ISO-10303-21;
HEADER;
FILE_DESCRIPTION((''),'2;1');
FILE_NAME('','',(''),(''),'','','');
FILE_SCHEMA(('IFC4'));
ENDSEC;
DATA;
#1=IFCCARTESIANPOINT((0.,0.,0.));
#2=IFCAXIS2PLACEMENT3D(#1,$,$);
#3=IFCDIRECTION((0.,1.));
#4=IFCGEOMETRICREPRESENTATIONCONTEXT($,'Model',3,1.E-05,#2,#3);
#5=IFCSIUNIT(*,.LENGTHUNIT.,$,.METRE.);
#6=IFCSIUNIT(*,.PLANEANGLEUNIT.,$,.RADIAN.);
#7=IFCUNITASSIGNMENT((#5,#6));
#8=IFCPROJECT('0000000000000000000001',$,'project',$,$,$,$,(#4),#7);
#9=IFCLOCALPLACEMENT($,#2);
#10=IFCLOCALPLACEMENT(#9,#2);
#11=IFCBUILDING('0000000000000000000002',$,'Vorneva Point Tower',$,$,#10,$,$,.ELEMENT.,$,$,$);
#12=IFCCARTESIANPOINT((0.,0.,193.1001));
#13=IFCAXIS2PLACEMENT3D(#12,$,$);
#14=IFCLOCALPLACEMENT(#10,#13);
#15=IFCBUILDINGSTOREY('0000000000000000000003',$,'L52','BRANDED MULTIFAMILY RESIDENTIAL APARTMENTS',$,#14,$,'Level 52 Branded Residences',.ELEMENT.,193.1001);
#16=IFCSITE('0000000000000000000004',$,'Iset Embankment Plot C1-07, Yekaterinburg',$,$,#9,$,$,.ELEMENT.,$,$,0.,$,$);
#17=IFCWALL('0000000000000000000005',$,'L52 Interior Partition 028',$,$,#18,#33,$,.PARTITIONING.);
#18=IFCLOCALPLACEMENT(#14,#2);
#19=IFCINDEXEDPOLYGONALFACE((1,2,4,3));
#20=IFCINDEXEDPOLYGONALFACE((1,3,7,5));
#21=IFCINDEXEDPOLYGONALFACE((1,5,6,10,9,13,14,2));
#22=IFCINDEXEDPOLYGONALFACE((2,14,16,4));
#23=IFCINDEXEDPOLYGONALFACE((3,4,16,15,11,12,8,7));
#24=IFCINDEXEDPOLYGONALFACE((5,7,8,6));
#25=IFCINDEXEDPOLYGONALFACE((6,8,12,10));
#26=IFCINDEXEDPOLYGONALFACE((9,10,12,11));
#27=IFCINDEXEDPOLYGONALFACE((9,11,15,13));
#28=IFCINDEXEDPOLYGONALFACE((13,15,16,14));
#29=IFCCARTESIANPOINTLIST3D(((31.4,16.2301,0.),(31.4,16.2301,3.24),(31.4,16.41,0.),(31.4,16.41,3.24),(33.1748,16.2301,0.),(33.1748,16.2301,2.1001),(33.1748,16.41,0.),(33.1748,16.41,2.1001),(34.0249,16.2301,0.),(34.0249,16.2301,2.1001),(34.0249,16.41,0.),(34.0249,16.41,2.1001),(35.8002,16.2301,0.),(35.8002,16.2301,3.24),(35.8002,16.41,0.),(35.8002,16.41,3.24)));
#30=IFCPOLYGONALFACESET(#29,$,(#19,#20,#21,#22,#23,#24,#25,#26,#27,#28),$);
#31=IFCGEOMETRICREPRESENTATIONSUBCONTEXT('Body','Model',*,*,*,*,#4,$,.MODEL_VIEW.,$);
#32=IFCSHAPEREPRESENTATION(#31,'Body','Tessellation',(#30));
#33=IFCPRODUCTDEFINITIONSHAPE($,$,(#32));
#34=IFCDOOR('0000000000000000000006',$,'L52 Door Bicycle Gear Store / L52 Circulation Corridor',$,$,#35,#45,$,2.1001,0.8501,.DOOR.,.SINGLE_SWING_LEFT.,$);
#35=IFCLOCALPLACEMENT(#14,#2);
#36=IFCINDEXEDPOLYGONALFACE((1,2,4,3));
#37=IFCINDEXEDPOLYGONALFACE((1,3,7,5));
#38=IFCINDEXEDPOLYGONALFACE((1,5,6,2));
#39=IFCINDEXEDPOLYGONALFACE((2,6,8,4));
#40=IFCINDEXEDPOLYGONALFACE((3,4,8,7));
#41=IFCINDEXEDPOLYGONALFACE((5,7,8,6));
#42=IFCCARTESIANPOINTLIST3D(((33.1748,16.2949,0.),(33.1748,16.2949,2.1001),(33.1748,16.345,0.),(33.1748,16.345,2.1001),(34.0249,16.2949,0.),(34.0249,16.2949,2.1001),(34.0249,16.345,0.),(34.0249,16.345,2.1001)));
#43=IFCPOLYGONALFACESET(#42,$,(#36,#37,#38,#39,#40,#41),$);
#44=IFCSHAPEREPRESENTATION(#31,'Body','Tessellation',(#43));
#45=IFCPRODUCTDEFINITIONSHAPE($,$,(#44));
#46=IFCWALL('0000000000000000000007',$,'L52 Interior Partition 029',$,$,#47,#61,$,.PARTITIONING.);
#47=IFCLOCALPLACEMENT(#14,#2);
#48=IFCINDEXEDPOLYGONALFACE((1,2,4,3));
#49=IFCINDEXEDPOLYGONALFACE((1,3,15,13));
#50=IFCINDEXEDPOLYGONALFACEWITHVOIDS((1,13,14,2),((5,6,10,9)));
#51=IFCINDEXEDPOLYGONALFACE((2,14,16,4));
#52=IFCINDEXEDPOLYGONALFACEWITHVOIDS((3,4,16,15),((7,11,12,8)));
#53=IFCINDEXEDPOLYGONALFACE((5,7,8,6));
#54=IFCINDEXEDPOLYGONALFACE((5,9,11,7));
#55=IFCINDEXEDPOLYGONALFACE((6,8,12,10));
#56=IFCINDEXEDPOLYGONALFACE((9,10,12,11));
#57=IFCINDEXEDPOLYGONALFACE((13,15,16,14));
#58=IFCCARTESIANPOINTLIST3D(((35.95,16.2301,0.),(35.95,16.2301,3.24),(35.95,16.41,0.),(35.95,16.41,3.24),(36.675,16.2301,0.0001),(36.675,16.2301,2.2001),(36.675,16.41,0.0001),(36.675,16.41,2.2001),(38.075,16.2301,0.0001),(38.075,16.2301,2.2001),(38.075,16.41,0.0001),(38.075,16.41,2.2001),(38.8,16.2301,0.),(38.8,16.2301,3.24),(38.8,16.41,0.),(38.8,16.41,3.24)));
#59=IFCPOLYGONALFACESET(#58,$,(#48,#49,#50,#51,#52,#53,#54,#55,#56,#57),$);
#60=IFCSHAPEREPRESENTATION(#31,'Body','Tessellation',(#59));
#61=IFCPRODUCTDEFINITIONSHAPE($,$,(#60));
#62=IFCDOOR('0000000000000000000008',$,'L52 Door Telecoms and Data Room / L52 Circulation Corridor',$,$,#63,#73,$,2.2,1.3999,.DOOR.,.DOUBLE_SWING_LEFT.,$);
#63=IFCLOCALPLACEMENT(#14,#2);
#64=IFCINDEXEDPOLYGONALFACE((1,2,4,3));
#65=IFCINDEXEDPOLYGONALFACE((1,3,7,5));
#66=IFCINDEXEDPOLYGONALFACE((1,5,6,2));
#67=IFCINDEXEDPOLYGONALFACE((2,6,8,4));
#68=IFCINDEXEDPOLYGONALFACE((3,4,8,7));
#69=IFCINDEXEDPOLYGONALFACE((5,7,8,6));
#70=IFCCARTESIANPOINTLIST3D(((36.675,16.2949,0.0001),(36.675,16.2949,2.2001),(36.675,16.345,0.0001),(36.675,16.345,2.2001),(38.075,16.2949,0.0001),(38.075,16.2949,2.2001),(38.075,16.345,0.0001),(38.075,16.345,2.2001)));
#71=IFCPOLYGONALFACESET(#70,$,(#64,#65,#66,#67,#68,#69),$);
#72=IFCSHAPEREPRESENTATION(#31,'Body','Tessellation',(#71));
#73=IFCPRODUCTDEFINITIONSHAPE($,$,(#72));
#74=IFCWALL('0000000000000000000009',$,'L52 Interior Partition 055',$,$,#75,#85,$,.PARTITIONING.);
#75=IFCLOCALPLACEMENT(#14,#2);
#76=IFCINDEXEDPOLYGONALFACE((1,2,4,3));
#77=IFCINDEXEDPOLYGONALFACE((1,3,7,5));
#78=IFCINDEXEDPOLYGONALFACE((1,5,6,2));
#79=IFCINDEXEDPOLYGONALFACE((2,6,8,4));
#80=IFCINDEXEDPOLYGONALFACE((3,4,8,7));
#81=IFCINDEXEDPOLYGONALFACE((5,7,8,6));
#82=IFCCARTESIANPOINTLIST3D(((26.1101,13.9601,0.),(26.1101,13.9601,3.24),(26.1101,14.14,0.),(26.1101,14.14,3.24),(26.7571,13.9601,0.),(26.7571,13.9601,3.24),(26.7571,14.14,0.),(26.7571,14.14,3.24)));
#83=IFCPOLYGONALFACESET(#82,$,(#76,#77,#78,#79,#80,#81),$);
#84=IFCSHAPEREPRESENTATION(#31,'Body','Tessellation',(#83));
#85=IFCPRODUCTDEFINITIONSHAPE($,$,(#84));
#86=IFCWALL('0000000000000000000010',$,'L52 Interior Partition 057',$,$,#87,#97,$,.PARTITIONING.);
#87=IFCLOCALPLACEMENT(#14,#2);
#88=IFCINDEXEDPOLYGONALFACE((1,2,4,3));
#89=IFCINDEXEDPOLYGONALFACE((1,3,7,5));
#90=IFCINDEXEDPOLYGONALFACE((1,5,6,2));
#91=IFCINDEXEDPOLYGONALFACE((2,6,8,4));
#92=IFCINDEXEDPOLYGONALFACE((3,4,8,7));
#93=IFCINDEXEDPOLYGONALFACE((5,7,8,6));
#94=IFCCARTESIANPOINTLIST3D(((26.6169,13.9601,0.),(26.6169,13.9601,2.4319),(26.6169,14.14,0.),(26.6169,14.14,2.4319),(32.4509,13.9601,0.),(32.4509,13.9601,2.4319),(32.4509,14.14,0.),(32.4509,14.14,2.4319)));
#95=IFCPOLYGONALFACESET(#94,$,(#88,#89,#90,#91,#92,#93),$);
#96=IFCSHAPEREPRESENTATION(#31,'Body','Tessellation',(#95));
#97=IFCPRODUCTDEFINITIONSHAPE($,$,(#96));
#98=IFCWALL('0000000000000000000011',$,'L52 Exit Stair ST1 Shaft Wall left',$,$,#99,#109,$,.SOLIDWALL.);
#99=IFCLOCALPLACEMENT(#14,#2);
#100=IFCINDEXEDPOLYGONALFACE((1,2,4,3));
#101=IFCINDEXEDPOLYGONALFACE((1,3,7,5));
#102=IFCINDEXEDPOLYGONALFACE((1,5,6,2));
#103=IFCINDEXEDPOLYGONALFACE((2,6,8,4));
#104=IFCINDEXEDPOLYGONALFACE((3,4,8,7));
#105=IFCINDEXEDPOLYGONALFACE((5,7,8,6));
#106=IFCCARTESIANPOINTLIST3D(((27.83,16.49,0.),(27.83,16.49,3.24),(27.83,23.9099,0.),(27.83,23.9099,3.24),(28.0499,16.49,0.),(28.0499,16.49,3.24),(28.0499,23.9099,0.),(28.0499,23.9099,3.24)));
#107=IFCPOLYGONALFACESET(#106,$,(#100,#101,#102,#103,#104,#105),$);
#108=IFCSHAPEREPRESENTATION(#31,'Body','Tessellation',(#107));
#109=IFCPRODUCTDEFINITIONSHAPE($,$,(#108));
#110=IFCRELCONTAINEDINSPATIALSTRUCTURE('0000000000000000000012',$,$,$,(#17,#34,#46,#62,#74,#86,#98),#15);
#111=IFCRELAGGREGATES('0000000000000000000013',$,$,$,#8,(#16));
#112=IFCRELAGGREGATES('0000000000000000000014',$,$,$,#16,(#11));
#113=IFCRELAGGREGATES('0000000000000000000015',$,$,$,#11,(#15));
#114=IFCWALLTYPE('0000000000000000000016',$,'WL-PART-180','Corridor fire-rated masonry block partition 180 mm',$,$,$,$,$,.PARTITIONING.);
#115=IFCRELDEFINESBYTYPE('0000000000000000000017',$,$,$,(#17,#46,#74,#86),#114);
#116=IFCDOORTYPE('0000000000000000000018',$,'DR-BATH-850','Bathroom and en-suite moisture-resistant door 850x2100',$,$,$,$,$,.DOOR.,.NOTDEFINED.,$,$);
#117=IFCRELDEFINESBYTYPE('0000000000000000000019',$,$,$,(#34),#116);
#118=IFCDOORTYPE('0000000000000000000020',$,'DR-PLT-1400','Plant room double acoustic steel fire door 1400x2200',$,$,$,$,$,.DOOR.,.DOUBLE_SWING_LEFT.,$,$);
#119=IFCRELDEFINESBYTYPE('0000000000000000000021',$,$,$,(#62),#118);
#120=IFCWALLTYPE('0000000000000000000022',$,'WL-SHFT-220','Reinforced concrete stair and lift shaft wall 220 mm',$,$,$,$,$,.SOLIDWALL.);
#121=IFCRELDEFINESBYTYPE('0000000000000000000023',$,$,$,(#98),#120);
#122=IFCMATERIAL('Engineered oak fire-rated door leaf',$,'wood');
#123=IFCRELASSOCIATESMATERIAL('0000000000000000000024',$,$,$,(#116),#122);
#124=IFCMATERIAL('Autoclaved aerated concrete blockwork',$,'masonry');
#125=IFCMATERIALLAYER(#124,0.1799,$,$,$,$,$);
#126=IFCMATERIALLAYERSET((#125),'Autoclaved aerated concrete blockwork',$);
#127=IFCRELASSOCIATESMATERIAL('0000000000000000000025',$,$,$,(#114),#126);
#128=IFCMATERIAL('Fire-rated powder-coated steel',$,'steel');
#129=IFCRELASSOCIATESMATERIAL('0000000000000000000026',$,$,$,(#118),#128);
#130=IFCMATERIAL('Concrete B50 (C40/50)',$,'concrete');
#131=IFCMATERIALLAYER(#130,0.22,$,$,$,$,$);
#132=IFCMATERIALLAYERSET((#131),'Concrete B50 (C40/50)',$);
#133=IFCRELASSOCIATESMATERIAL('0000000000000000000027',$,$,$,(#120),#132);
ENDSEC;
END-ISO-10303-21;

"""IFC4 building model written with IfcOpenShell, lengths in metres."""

from ifc_helpers import new_model, si_unit, direction, frame, frame_2d, origin, place, context, subcontext, project, spatial, rectangle, extrude, material, layer, layer_set, type_object, element, fill, save


model = new_model("IFC4")

# Units and contexts
model_context = context("Model", 3, precision=1e-05, world=origin(), true_north=direction((0.0, 1.0)))
body_context = subcontext(model_context, "Body", "Model", "MODEL_VIEW")
ifc_project = project(units=[si_unit("LENGTHUNIT", "METRE"), si_unit("PLANEANGLEUNIT", "RADIAN")], contexts=[model_context])

# Site, building, storey
site_placement = place(None, origin())
site = spatial("IfcSite", under=ifc_project, at=site_placement, Name="Iset Embankment Plot C1-07, Yekaterinburg", CompositionType="ELEMENT", RefElevation=0.0)
building_placement = place(site_placement, origin())
building = spatial("IfcBuilding", under=site, at=building_placement, Name="Vorneva Point Tower", CompositionType="ELEMENT")
storey_placement = place(building_placement, frame((0.0, 0.0, 193.1001)))
storey = spatial("IfcBuildingStorey", under=building, at=storey_placement, Name="L52", Description="BRANDED MULTIFAMILY RESIDENTIAL APARTMENTS", LongName="Level 52 Branded Residences", CompositionType="ELEMENT", Elevation=193.1001)

# Shared definitions
ifc_material_1 = material(Name="Concrete B50 (C40/50)", Category="concrete")

# Shared definitions
ifc_material_2 = material(Name="Engineered oak fire-rated door leaf", Category="wood")
door_type_1 = type_object("IfcDoorType", Name="DR-BATH-850", Description="Bathroom and en-suite moisture-resistant door 850x2100", OperationType="NOTDEFINED", PredefinedType="DOOR", material=ifc_material_2)

# Shared definitions
ifc_material_3 = material(Name="Autoclaved aerated concrete blockwork", Category="masonry")
ifc_layer_1 = layer(ifc_material_3, 0.1799)
ifc_layer_set_1 = layer_set([ifc_layer_1], Name="Autoclaved aerated concrete blockwork")
wall_type_1 = type_object("IfcWallType", Name="WL-PART-180", Description="Corridor fire-rated masonry block partition 180 mm", PredefinedType="PARTITIONING", material=ifc_layer_set_1)

# Walls, openings, doors
wall_1_placement = place(storey_placement, frame((31.3999, 16.3201, 0.0), z_axis=(0.0, 0.0, 1.0), x_axis=(1.0, 0.0, 0.0)))
wall_1 = element("IfcWall", 1, at=wall_1_placement, inside=storey, type_object=wall_type_1, Name="L52 Interior Partition 028", PredefinedType="PARTITIONING", context=body_context, shape_type="SweptSolid", body=[
    extrude(rectangle(XDim=4.4001, YDim=0.1799, at=frame_2d((2.2002, 0.0))), origin(), (0.0, 0.0, 1.0), 3.24),
])
opening_1_placement = place(wall_1_placement, frame((1.7749, 0.0, 0.0)))
opening_1 = element("IfcOpeningElement", 2, at=opening_1_placement, cuts=wall_1, PredefinedType="OPENING", context=body_context, shape_type="SweptSolid", body=[
    extrude(rectangle(XDim=0.8501, YDim=2.1001, at=frame_2d((0.425, 1.05))), frame((0.0, 0.105, 0.0), z_axis=(0.0, -1.0, 0.0), x_axis=(1.0, 0.0, 0.0)), (0.0, 0.0, 1.0), 0.2097),
])
door_1_placement = place(opening_1_placement, origin())
door_1 = element("IfcDoor", 3, at=door_1_placement, inside=storey, type_object=door_type_1, Name="L52 Door Bicycle Gear Store / L52 Circulation Corridor", OperationType="SINGLE_SWING_LEFT", OverallHeight=2.1001, OverallWidth=0.8501, PredefinedType="DOOR", context=body_context, shape_type="SweptSolid", body=[
    extrude(rectangle(XDim=0.8501, YDim=2.1001, at=frame_2d((0.425, 1.05))), frame((0.0, 0.0249, 0.0), z_axis=(0.0, -1.0, 0.0), x_axis=(1.0, 0.0, 0.0)), (0.0, 0.0, 1.0), 0.05),
])
fill(opening_1, door_1)
wall_2_placement = place(storey_placement, frame((35.95, 16.3201, 0.0), z_axis=(0.0, 0.0, 1.0), x_axis=(1.0, 0.0, 0.0)))
wall_2 = element("IfcWall", 4, at=wall_2_placement, inside=storey, type_object=wall_type_1, Name="L52 Interior Partition 029", PredefinedType="PARTITIONING", context=body_context, shape_type="SweptSolid", body=[
    extrude(rectangle(XDim=2.8501, YDim=0.1799, at=frame_2d((1.425, 0.0))), origin(), (0.0, 0.0, 1.0), 3.24),
])
opening_2_placement = place(wall_2_placement, frame((0.7251, 0.0, 0.0)))
opening_2 = element("IfcOpeningElement", 5, at=opening_2_placement, cuts=wall_2, PredefinedType="OPENING", context=body_context, shape_type="SweptSolid", body=[
    extrude(rectangle(XDim=1.3999, YDim=2.2, at=frame_2d((0.7, 1.1001))), frame((0.0, 0.105, 0.0), z_axis=(0.0, -1.0, 0.0), x_axis=(1.0, 0.0, 0.0)), (0.0, 0.0, 1.0), 0.2097),
])
ifc_material_4 = material(Name="Fire-rated powder-coated steel", Category="steel")
door_type_2 = type_object("IfcDoorType", Name="DR-PLT-1400", Description="Plant room double acoustic steel fire door 1400x2200", OperationType="DOUBLE_SWING_LEFT", PredefinedType="DOOR", material=ifc_material_4)
door_2_placement = place(opening_2_placement, origin())
door_2 = element("IfcDoor", 6, at=door_2_placement, inside=storey, type_object=door_type_2, Name="L52 Door Telecoms and Data Room / L52 Circulation Corridor", OperationType="DOUBLE_SWING_LEFT", OverallHeight=2.2, OverallWidth=1.3999, PredefinedType="DOOR", context=body_context, shape_type="SweptSolid", body=[
    extrude(rectangle(XDim=1.3999, YDim=2.2, at=frame_2d((0.7, 1.1001))), frame((0.0, 0.0249, 0.0), z_axis=(0.0, -1.0, 0.0), x_axis=(1.0, 0.0, 0.0)), (0.0, 0.0, 1.0), 0.05),
])
fill(opening_2, door_2)

# Wall
wall_3_placement = place(storey_placement, frame((26.1101, 14.05, 0.0), z_axis=(0.0, 0.0, 1.0), x_axis=(1.0, 0.0, 0.0)))
element("IfcWall", 7, at=wall_3_placement, inside=storey, type_object=wall_type_1, Name="L52 Interior Partition 055", PredefinedType="PARTITIONING", context=body_context, shape_type="SweptSolid", body=[
    extrude(rectangle(XDim=0.647, YDim=0.1799, at=frame_2d((0.3235, 0.0))), origin(), (0.0, 0.0, 1.0), 3.24),
])

# Walls
wall_4_placement = place(storey_placement, frame((26.6169, 14.05, 0.0), z_axis=(0.0, 0.0, 1.0), x_axis=(1.0, 0.0, 0.0)))
element("IfcWall", 8, at=wall_4_placement, inside=storey, type_object=wall_type_1, Name="L52 Interior Partition 057", PredefinedType="PARTITIONING", context=body_context, shape_type="SweptSolid", body=[
    extrude(rectangle(XDim=5.834, YDim=0.1799, at=frame_2d((2.917, 0.0))), origin(), (0.0, 0.0, 1.0), 2.4319),
])
ifc_layer_2 = layer(ifc_material_1, 0.22)
ifc_layer_set_2 = layer_set([ifc_layer_2], Name="Concrete B50 (C40/50)")
wall_type_2 = type_object("IfcWallType", Name="WL-SHFT-220", Description="Reinforced concrete stair and lift shaft wall 220 mm", PredefinedType="SOLIDWALL", material=ifc_layer_set_2)
wall_5_placement = place(storey_placement, frame((27.9399, 16.49, 0.0), z_axis=(0.0, 0.0, 1.0), x_axis=(0.0, 1.0, 0.0)))
element("IfcWall", 9, at=wall_5_placement, inside=storey, type_object=wall_type_2, Name="L52 Exit Stair ST1 Shaft Wall left", PredefinedType="SOLIDWALL", context=body_context, shape_type="SweptSolid", body=[
    extrude(rectangle(XDim=7.4199, YDim=0.22, at=frame_2d((3.71, 0.0))), origin(), (0.0, 0.0, 1.0), 3.24),
])

save(model, "model.ifc")
